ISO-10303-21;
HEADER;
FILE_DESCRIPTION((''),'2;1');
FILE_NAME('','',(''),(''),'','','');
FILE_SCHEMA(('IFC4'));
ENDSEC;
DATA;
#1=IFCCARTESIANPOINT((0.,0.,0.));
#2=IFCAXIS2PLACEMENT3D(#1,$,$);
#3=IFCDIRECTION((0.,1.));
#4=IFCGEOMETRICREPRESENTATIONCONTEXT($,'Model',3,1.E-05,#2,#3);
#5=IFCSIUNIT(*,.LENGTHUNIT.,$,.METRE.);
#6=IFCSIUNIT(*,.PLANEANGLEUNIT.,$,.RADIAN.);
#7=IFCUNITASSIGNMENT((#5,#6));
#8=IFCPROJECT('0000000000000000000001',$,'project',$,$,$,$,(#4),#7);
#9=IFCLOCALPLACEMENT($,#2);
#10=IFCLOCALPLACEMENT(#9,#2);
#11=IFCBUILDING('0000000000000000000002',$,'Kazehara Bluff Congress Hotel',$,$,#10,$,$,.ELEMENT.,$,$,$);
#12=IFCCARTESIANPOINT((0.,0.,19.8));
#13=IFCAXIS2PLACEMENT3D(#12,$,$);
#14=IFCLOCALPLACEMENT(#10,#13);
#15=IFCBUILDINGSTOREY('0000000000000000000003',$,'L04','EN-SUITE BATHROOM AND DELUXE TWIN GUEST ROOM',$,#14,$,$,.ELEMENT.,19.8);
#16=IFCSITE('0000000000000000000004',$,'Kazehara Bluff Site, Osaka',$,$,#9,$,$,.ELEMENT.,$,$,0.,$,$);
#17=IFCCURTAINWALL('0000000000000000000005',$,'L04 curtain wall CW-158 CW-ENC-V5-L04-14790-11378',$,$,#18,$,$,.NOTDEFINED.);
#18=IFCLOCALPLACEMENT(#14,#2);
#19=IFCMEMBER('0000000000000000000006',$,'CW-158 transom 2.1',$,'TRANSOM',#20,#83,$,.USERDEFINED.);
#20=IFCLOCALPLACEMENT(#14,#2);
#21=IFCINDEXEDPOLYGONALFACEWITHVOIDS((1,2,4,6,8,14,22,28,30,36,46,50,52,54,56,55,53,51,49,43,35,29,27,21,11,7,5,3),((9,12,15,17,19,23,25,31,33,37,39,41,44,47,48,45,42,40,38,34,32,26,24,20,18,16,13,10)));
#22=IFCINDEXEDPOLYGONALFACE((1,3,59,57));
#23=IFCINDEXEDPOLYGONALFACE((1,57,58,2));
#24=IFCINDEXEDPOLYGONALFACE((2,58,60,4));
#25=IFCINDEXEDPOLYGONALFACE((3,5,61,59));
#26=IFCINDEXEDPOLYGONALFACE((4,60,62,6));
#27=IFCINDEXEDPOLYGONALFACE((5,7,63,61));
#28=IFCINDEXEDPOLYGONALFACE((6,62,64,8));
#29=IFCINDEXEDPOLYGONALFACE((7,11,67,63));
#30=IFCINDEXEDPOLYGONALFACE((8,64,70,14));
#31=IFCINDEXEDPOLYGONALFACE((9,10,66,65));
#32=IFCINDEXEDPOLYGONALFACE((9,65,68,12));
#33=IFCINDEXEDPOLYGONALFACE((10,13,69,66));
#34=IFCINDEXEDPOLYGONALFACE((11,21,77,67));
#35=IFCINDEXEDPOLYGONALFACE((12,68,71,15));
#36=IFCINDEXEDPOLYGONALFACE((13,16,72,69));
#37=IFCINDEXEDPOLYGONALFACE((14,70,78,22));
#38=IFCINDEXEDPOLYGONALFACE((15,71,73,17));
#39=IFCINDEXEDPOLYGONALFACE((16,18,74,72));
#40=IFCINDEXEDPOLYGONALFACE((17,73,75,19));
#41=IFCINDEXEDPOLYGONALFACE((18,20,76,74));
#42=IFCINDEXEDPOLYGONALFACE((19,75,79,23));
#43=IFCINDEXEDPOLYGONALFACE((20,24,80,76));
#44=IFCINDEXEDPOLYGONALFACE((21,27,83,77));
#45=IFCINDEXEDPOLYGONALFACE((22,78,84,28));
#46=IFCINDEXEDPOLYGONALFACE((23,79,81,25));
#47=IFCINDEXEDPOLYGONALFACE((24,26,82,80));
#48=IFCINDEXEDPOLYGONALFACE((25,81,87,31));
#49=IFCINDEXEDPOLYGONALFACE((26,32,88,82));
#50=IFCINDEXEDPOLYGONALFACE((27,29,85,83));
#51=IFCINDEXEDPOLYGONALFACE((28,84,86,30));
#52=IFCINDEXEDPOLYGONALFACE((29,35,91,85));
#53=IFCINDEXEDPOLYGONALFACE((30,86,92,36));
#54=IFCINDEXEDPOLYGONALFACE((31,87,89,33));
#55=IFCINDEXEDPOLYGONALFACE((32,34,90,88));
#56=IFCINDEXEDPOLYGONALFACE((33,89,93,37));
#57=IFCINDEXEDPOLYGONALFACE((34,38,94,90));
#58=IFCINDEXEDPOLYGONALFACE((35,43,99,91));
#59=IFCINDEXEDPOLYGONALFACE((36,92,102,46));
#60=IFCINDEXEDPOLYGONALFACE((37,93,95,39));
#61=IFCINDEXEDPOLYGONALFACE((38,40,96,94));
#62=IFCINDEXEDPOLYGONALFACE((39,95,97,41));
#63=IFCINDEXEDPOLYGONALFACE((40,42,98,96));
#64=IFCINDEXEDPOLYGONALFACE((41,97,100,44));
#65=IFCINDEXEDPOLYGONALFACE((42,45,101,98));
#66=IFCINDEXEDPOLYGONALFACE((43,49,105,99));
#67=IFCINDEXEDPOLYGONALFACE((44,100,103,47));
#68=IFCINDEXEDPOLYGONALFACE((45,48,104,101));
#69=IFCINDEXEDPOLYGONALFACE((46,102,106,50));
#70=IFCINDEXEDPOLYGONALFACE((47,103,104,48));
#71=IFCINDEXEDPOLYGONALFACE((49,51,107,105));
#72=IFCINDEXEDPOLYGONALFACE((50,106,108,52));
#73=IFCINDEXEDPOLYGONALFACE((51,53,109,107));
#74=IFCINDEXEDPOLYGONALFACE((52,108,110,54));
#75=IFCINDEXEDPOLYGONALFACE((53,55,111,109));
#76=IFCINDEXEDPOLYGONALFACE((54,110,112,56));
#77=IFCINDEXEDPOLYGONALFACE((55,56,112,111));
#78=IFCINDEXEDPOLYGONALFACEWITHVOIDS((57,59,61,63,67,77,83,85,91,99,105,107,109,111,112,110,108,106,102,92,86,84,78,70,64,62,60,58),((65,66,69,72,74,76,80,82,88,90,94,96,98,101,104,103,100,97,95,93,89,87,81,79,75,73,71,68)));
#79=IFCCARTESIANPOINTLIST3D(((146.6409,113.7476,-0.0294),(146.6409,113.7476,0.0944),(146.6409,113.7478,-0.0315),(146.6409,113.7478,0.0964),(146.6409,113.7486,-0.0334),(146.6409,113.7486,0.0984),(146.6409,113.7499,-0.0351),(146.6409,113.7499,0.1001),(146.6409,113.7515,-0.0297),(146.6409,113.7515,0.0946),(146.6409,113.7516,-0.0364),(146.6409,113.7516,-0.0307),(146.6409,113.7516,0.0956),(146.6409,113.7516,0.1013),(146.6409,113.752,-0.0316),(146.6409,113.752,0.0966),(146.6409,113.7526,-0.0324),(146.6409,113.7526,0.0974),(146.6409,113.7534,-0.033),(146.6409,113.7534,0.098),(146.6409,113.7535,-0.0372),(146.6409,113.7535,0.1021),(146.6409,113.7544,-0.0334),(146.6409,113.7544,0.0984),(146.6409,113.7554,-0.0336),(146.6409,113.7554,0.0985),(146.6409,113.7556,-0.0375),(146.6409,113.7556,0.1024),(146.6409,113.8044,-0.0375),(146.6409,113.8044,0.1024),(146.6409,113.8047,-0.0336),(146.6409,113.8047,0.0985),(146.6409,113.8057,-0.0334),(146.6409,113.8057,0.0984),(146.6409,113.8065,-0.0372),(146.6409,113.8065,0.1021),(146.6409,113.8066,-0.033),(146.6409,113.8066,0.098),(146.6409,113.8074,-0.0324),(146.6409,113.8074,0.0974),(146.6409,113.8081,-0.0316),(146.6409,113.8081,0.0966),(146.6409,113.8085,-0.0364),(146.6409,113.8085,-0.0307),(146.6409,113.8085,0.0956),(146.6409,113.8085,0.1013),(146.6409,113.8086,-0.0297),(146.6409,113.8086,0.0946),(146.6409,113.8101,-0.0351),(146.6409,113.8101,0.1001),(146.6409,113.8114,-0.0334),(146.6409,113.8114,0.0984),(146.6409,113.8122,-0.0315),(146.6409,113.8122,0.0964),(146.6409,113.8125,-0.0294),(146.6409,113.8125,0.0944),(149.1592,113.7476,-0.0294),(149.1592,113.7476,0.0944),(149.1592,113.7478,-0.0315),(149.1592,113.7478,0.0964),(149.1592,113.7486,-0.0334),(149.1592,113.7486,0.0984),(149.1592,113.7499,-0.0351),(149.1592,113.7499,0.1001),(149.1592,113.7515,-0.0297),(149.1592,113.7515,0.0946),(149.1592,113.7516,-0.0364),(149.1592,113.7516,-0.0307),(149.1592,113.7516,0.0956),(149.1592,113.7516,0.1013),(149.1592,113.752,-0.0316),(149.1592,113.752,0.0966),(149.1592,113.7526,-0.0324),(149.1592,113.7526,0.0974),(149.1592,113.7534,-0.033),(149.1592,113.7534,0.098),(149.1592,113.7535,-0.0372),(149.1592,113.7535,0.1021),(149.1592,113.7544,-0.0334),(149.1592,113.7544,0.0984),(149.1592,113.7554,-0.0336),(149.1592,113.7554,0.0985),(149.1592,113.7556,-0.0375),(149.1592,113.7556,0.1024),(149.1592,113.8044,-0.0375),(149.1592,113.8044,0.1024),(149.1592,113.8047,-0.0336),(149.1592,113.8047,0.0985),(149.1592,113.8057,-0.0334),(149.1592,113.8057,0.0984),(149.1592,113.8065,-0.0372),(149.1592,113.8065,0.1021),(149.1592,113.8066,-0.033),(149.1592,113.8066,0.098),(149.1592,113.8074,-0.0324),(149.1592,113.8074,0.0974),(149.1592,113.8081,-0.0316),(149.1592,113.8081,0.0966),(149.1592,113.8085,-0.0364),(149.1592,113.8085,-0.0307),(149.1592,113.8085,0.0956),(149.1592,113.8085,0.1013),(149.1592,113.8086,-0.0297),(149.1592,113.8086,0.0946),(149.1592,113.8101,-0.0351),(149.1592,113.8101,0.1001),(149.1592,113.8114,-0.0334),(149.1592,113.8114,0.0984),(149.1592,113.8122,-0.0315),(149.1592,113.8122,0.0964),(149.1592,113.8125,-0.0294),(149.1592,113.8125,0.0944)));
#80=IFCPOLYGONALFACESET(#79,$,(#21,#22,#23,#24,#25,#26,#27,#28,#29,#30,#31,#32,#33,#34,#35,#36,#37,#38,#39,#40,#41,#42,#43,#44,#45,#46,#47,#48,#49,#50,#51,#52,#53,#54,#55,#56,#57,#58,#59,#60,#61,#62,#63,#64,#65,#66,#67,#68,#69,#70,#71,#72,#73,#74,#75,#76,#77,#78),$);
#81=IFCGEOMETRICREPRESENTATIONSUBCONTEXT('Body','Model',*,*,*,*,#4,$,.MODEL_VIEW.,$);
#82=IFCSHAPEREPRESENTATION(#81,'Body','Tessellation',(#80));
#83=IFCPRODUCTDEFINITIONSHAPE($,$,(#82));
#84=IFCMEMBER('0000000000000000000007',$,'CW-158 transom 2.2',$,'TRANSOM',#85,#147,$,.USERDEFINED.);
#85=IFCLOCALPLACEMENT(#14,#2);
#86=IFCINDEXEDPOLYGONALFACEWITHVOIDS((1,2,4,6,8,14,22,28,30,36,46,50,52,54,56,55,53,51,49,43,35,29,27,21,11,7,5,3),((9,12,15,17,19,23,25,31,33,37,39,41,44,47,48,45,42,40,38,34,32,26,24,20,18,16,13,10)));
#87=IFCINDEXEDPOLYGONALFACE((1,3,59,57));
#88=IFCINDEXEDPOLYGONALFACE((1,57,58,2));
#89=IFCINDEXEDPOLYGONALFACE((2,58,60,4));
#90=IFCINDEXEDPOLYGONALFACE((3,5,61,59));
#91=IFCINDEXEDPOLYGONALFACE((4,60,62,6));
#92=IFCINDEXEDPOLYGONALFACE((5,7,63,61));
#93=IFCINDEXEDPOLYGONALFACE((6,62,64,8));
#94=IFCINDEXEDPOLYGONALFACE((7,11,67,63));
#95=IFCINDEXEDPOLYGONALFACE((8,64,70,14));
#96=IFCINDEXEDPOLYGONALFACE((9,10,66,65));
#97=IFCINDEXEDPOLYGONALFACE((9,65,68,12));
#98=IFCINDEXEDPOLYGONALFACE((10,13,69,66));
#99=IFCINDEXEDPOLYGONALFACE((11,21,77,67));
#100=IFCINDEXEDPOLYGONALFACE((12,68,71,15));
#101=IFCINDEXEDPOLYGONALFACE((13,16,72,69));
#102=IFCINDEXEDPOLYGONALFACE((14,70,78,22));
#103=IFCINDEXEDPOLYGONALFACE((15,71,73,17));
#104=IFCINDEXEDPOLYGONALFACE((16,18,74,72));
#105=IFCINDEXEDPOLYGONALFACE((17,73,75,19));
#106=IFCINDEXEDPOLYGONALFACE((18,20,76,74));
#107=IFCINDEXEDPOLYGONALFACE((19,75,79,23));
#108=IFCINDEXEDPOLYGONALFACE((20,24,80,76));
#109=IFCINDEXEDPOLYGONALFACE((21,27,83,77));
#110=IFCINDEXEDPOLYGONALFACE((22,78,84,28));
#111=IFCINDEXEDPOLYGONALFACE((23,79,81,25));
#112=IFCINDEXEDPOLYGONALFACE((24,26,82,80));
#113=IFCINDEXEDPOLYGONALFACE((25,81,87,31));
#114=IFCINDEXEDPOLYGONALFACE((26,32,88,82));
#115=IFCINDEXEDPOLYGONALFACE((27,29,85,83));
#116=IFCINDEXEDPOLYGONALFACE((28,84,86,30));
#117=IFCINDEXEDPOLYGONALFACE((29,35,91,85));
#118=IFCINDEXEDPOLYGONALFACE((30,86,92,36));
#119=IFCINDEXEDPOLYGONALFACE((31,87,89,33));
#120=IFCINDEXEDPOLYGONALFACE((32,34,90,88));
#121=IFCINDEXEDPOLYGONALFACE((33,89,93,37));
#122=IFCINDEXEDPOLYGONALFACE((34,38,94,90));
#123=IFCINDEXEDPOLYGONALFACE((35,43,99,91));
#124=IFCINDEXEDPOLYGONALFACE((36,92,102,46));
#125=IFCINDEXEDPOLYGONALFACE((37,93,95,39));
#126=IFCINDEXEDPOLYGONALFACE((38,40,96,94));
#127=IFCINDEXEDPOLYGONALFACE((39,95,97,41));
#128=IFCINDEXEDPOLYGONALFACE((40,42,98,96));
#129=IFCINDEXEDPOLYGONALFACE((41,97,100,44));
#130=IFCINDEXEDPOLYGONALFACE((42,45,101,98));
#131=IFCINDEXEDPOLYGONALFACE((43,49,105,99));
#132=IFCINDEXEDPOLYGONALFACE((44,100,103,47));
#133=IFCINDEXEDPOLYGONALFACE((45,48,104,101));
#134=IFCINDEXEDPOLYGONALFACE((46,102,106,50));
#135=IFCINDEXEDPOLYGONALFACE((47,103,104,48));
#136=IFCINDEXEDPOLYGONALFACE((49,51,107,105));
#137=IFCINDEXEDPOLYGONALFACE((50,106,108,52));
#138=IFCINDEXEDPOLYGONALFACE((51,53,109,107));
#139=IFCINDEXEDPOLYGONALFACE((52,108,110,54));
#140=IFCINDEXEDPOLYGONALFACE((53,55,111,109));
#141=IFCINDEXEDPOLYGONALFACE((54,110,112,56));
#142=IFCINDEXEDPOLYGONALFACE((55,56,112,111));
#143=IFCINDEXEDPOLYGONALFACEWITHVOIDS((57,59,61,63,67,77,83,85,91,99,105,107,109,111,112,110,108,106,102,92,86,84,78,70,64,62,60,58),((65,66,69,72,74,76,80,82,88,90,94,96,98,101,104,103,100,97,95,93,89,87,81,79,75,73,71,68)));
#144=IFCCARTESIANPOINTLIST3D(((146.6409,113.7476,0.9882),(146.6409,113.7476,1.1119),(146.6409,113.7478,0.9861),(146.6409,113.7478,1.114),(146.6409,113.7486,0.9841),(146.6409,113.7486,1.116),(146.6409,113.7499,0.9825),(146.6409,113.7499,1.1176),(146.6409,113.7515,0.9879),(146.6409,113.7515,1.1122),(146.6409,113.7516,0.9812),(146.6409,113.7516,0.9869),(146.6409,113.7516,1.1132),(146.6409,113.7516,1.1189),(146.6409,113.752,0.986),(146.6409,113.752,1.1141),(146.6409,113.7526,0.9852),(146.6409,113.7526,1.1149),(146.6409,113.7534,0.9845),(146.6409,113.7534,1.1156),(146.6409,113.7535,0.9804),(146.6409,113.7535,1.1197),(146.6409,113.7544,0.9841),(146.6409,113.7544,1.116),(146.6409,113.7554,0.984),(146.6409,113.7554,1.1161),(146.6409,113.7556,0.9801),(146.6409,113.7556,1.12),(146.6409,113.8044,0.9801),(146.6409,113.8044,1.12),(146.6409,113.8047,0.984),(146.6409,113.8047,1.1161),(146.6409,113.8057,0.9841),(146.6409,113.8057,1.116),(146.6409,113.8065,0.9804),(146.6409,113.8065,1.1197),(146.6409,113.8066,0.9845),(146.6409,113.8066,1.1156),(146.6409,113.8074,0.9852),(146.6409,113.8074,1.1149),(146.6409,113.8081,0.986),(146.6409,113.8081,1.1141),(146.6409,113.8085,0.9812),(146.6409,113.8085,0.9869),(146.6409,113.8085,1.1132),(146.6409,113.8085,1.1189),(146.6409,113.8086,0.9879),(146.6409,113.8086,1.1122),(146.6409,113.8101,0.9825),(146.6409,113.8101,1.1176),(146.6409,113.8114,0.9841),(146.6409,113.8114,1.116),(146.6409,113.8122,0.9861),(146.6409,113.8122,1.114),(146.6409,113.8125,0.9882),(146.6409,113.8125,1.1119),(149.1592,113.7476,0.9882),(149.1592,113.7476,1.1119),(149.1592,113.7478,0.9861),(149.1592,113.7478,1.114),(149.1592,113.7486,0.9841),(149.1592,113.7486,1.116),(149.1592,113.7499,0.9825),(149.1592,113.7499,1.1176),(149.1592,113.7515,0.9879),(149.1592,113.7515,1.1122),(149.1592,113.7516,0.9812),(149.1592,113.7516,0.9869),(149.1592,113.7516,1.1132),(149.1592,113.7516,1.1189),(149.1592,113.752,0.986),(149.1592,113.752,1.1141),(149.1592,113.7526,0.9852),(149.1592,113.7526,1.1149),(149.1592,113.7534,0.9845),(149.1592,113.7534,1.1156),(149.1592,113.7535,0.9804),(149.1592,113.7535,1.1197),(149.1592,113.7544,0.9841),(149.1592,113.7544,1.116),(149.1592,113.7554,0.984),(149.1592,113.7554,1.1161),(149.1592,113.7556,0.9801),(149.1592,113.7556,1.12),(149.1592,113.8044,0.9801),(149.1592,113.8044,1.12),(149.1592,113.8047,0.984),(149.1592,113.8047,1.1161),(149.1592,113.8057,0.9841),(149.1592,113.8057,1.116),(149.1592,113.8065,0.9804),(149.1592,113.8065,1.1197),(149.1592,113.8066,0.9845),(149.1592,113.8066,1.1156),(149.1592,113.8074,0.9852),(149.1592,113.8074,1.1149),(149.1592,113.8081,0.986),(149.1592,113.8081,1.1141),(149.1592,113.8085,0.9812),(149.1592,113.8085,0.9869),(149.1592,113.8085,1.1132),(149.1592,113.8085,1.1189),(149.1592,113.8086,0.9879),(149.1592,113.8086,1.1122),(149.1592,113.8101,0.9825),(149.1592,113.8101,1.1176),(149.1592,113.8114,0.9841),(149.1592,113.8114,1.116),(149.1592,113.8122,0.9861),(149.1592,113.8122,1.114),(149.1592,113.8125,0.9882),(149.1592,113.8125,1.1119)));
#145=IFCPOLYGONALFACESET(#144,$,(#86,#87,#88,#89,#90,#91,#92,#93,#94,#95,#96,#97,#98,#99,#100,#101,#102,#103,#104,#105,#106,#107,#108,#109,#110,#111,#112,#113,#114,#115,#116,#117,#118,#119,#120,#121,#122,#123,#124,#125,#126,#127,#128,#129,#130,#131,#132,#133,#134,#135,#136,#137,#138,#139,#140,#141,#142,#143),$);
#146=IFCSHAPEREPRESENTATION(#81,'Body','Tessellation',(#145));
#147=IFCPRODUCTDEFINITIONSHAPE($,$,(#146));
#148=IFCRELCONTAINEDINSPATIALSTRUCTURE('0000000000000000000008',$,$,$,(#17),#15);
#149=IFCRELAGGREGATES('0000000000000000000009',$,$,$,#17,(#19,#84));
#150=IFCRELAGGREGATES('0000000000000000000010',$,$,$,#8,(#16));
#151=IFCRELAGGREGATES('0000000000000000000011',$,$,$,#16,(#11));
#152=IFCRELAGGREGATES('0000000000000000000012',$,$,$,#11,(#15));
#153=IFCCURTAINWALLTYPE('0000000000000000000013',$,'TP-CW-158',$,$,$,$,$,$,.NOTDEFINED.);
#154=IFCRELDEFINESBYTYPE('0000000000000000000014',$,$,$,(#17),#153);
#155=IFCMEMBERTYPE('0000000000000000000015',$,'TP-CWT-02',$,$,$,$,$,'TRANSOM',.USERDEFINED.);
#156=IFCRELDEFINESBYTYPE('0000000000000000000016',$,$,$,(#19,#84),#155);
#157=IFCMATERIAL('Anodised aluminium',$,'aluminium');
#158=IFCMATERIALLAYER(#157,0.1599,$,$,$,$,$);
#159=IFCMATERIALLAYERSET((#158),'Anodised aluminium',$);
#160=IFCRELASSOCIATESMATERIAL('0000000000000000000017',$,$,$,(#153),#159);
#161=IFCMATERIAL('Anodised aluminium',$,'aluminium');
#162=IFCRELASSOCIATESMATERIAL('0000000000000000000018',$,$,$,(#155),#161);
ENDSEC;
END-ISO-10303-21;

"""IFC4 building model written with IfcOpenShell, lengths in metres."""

from ifc_helpers import new_model, si_unit, direction, frame, origin, origin_2d, place, context, subcontext, project, spatial, hollow_rectangle, extrude, material, layer, layer_set, material_profile, profile_set, type_object, element, aggregate, save


model = new_model("IFC4")

# Units and contexts
model_context = context("Model", 3, precision=1e-05, world=origin(), true_north=direction((0.0, 1.0)))
body_context = subcontext(model_context, "Body", "Model", "MODEL_VIEW")
ifc_project = project(units=[si_unit("LENGTHUNIT", "METRE"), si_unit("PLANEANGLEUNIT", "RADIAN")], contexts=[model_context])

# Site, building, storey
site_placement = place(None, origin())
site = spatial("IfcSite", under=ifc_project, at=site_placement, Name="Kazehara Bluff Site, Osaka", CompositionType="ELEMENT", RefElevation=0.0)
building_placement = place(site_placement, origin())
building = spatial("IfcBuilding", under=site, at=building_placement, Name="Kazehara Bluff Congress Hotel", CompositionType="ELEMENT")
storey_placement = place(building_placement, frame((0.0, 0.0, 19.8)))
storey = spatial("IfcBuildingStorey", under=building, at=storey_placement, Name="L04", Description="EN-SUITE BATHROOM AND DELUXE TWIN GUEST ROOM", CompositionType="ELEMENT", Elevation=19.8)

# Curtain wall
ifc_material_1 = material(Name="Anodised aluminium", Category="aluminium")
ifc_layer_1 = layer(ifc_material_1, 0.1599)
ifc_layer_set_1 = layer_set([ifc_layer_1], Name="Anodised aluminium")
curtain_wall_type = type_object("IfcCurtainWallType", Name="TP-CW-158", PredefinedType="NOTDEFINED", material=ifc_layer_set_1)
curtain_wall_1_placement = place(storey_placement, origin())
curtain_wall_1 = element("IfcCurtainWall", 1, at=curtain_wall_1_placement, inside=storey, type_object=curtain_wall_type, Name="L04 curtain wall CW-158 CW-ENC-V5-L04-14790-11378", PredefinedType="NOTDEFINED")

# Members
ifc_material_2 = material(Name="Anodised aluminium", Category="aluminium")
ifc_material_profile_1 = material_profile(ifc_material_2, hollow_rectangle(XDim=0.0649, YDim=0.1399, WallThickness=0.0039, InnerFilletRadius=0.0039, OuterFilletRadius=0.0081, at=origin_2d()))
ifc_profile_set_1 = profile_set([ifc_material_profile_1], Name="Anodised aluminium")
member_type_1 = type_object("IfcMemberType", Name="TP-CWT-02", ElementType="TRANSOM", PredefinedType="USERDEFINED", material=ifc_profile_set_1)
member_1_placement = place(storey_placement, frame((146.6409, 113.78, 0.0325), z_axis=(1.0, 0.0, 0.0), x_axis=(0.0, 1.0, 0.0)))
member_1 = element("IfcMember", 2, at=member_1_placement, type_object=member_type_1, Name="CW-158 transom 2.1", ObjectType="TRANSOM", PredefinedType="USERDEFINED", context=body_context, shape_type="SweptSolid", body=[
    extrude(hollow_rectangle(XDim=0.0649, YDim=0.1399, WallThickness=0.0039, InnerFilletRadius=0.0039, OuterFilletRadius=0.0081, at=origin_2d()), origin(), (0.0, 0.0, 1.0), 2.5183),
])
member_2_placement = place(storey_placement, frame((146.6409, 113.78, 1.05), z_axis=(1.0, 0.0, 0.0), x_axis=(0.0, 1.0, 0.0)))
member_2 = element("IfcMember", 3, at=member_2_placement, type_object=member_type_1, Name="CW-158 transom 2.2", ObjectType="TRANSOM", PredefinedType="USERDEFINED", context=body_context, shape_type="SweptSolid", body=[
    extrude(hollow_rectangle(XDim=0.0649, YDim=0.1399, WallThickness=0.0039, InnerFilletRadius=0.0039, OuterFilletRadius=0.0081, at=origin_2d()), origin(), (0.0, 0.0, 1.0), 2.5183),
])

aggregate(curtain_wall_1, [member_1, member_2])

save(model, "model.ifc")
